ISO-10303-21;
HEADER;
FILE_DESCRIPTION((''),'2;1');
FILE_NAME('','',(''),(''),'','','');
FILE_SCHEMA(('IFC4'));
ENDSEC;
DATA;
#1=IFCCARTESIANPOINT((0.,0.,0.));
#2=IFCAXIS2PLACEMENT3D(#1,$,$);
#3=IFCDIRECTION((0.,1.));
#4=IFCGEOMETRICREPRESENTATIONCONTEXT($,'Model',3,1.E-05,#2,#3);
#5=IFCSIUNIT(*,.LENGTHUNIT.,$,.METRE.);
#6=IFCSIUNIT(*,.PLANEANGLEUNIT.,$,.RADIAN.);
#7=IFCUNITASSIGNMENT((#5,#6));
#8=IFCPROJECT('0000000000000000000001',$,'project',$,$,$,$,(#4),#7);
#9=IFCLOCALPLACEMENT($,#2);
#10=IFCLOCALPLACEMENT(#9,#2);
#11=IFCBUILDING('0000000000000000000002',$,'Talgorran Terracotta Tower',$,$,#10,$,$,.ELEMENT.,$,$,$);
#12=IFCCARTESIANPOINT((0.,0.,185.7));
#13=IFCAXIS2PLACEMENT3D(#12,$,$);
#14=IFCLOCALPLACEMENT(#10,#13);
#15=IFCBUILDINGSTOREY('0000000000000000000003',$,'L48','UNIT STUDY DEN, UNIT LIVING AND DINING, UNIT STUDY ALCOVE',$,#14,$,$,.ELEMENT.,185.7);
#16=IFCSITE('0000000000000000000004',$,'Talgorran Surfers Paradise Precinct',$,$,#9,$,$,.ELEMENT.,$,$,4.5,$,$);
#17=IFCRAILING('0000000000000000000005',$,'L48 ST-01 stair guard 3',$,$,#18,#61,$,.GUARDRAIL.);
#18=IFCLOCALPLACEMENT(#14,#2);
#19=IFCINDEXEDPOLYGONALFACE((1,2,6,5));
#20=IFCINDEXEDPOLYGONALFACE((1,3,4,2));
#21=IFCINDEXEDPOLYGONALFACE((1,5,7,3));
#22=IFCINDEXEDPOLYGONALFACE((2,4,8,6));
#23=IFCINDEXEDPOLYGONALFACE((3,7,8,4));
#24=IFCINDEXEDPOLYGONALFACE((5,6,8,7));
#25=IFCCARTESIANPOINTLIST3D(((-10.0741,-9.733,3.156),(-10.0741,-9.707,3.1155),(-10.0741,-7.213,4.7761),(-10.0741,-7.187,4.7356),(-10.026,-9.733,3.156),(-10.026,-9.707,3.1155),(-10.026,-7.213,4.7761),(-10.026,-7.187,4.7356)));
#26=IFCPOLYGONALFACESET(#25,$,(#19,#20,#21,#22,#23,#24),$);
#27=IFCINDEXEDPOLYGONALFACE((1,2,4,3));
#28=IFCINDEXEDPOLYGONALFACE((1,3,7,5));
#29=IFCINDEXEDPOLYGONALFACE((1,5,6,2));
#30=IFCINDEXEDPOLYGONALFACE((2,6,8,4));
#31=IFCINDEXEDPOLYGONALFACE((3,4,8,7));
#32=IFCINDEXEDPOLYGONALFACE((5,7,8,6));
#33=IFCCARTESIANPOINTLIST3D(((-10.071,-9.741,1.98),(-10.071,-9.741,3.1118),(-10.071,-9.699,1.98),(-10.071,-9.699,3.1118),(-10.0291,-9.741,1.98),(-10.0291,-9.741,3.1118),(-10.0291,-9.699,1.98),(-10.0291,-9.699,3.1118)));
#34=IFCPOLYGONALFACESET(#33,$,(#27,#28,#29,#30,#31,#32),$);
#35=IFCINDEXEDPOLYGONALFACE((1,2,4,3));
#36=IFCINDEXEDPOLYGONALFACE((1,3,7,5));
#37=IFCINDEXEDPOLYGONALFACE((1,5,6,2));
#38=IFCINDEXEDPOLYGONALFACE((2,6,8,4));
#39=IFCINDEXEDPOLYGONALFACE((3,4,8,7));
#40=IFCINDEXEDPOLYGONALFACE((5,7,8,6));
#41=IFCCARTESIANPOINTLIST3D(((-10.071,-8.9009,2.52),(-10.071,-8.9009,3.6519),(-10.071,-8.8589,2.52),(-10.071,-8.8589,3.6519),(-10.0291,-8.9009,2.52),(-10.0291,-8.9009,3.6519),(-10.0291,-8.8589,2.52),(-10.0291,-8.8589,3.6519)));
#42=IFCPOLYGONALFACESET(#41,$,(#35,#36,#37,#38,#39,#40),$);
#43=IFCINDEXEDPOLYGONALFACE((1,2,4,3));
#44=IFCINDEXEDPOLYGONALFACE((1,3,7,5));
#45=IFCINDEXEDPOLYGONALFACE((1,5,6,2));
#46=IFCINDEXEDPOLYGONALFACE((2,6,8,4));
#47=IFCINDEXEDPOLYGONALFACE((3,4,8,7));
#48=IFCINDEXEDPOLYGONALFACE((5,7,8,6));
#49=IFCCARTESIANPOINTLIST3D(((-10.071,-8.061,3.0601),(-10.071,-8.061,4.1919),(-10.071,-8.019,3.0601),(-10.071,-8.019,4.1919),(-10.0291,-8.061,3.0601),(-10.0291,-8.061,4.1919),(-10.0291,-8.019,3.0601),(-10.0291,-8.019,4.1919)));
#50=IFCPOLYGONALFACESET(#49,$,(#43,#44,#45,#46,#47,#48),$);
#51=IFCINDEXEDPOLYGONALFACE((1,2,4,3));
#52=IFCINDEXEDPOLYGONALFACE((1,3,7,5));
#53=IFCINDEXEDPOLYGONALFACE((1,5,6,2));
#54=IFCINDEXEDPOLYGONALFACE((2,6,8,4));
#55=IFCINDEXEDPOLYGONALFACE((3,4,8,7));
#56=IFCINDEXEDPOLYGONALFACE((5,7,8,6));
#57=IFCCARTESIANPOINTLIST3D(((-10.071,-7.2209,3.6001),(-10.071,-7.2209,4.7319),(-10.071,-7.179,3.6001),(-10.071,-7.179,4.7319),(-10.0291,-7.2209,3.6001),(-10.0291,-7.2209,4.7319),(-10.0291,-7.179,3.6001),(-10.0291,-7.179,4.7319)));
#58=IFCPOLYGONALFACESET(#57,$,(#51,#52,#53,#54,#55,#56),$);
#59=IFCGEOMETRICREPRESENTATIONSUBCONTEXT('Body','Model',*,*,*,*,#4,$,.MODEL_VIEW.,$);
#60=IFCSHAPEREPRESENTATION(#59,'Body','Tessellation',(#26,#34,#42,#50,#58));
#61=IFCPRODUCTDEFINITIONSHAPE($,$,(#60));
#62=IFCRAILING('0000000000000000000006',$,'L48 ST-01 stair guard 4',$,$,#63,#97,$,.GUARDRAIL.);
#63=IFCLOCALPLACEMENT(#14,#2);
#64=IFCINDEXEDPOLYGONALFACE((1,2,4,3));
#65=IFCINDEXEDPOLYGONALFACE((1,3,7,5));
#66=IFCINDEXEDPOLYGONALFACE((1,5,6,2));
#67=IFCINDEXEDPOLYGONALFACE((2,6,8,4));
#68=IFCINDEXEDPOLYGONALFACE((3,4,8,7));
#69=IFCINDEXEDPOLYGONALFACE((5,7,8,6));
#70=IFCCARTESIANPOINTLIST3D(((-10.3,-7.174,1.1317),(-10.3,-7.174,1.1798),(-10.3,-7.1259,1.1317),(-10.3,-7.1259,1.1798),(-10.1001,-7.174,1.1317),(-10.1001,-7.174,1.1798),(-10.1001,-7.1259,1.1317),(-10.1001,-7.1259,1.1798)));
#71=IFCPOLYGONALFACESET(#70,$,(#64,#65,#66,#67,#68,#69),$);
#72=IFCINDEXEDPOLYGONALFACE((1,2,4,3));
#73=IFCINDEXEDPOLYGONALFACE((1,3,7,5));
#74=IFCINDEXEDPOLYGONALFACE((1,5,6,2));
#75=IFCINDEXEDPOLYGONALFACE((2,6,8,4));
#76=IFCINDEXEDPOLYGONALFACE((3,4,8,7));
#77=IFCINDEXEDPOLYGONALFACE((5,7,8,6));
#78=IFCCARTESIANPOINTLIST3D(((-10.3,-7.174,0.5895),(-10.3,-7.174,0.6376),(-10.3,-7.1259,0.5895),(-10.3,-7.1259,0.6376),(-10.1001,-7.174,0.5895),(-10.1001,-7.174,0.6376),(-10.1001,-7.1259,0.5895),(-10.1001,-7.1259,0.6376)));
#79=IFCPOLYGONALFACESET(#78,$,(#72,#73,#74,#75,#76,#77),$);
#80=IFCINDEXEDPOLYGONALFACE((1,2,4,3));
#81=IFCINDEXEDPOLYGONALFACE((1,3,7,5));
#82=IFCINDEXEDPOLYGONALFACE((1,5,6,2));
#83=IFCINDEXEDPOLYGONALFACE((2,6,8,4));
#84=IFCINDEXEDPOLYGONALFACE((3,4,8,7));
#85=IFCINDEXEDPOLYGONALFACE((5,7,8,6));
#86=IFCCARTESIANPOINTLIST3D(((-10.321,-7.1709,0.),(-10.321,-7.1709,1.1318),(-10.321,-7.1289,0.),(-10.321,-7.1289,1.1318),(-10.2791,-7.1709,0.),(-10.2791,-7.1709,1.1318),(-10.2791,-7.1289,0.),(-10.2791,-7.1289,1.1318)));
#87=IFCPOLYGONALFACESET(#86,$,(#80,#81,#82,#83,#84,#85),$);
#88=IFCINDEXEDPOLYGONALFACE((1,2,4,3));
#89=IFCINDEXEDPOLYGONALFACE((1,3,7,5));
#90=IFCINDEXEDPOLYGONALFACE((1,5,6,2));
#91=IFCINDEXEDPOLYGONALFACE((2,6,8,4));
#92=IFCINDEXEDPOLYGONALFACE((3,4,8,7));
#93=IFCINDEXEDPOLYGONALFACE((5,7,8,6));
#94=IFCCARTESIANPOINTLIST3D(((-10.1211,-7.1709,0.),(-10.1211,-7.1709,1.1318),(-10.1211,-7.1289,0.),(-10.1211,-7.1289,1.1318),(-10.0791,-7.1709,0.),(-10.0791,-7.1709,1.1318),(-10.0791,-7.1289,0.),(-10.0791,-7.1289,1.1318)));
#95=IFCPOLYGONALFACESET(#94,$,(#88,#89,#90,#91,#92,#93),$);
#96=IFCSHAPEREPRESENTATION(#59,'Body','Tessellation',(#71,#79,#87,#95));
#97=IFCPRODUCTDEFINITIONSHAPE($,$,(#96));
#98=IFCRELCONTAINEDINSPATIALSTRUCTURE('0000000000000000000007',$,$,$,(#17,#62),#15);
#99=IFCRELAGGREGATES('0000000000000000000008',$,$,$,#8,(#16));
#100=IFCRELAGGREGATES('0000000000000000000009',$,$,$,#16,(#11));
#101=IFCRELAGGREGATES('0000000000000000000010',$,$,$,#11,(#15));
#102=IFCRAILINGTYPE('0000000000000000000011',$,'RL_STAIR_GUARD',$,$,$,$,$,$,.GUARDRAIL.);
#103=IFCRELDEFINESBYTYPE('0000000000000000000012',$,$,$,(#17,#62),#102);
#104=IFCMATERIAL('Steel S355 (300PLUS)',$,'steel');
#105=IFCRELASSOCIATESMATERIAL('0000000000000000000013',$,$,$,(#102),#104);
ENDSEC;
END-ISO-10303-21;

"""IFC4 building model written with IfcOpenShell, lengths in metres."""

from ifc_helpers import new_model, si_unit, direction, frame, origin, origin_2d, place, context, subcontext, project, spatial, rectangle, extrude, material, type_object, element, save


model = new_model("IFC4")

# Units and contexts
model_context = context("Model", 3, precision=1e-05, world=origin(), true_north=direction((0.0, 1.0)))
body_context = subcontext(model_context, "Body", "Model", "MODEL_VIEW")
ifc_project = project(units=[si_unit("LENGTHUNIT", "METRE"), si_unit("PLANEANGLEUNIT", "RADIAN")], contexts=[model_context])

# Site, building, storey
site_placement = place(None, origin())
site = spatial("IfcSite", under=ifc_project, at=site_placement, Name="Talgorran Surfers Paradise Precinct", CompositionType="ELEMENT", RefElevation=4.5)
building_placement = place(site_placement, origin())
building = spatial("IfcBuilding", under=site, at=building_placement, Name="Talgorran Terracotta Tower", CompositionType="ELEMENT")
storey_placement = place(building_placement, frame((0.0, 0.0, 185.7)))
storey = spatial("IfcBuildingStorey", under=building, at=storey_placement, Name="L48", Description="UNIT STUDY DEN, UNIT LIVING AND DINING, UNIT STUDY ALCOVE", CompositionType="ELEMENT", Elevation=185.7)

# Shared definitions
ifc_material_1 = material(Name="Steel S355 (300PLUS)", Category="steel")

# Railings
railing_type_1 = type_object("IfcRailingType", Name="RL_STAIR_GUARD", PredefinedType="GUARDRAIL", material=ifc_material_1)
railing_1_placement = place(storey_placement, frame((-10.05, -9.72, 1.98)))
element("IfcRailing", 1, at=railing_1_placement, inside=storey, type_object=railing_type_1, Name="L48 ST-01 stair guard 3", PredefinedType="GUARDRAIL", context=body_context, shape_type="SweptSolid", body=[
    extrude(rectangle(XDim=0.0481, YDim=0.0481, at=origin_2d()), frame((0.0, 0.0, 1.1558), z_axis=(0.0, 0.841163, 0.540782), x_axis=(-1.0, 0.0, 0.0)), (0.0, 0.0, 1.0), 2.9958),
    extrude(rectangle(XDim=0.042, YDim=0.042, at=origin_2d()), origin(), (0.0, 0.0, 1.0), 1.1318),
    extrude(rectangle(XDim=0.042, YDim=0.042, at=origin_2d()), frame((0.0, 0.8401, 0.54)), (0.0, 0.0, 1.0), 1.1318),
    extrude(rectangle(XDim=0.042, YDim=0.042, at=origin_2d()), frame((0.0, 1.6799, 1.0801)), (0.0, 0.0, 1.0), 1.1318),
    extrude(rectangle(XDim=0.042, YDim=0.042, at=origin_2d()), frame((0.0, 2.52, 1.6201)), (0.0, 0.0, 1.0), 1.1318),
])
railing_2_placement = place(storey_placement, frame((-10.3, -7.1499, 0.0)))
element("IfcRailing", 2, at=railing_2_placement, inside=storey, type_object=railing_type_1, Name="L48 ST-01 stair guard 4", PredefinedType="GUARDRAIL", context=body_context, shape_type="SweptSolid", body=[
    extrude(rectangle(XDim=0.0481, YDim=0.0481, at=origin_2d()), frame((0.0, 0.0, 1.1558), z_axis=(1.0, 0.0, 0.0), x_axis=(0.0, 1.0, 0.0)), (0.0, 0.0, 1.0), 0.2),
    extrude(rectangle(XDim=0.0481, YDim=0.0481, at=origin_2d()), frame((0.0, 0.0, 0.6135), z_axis=(1.0, 0.0, 0.0), x_axis=(0.0, 1.0, 0.0)), (0.0, 0.0, 1.0), 0.2),
    extrude(rectangle(XDim=0.042, YDim=0.042, at=origin_2d()), origin(), (0.0, 0.0, 1.0), 1.1318),
    extrude(rectangle(XDim=0.042, YDim=0.042, at=origin_2d()), frame((0.2, 0.0, 0.0)), (0.0, 0.0, 1.0), 1.1318),
])

save(model, "model.ifc")
